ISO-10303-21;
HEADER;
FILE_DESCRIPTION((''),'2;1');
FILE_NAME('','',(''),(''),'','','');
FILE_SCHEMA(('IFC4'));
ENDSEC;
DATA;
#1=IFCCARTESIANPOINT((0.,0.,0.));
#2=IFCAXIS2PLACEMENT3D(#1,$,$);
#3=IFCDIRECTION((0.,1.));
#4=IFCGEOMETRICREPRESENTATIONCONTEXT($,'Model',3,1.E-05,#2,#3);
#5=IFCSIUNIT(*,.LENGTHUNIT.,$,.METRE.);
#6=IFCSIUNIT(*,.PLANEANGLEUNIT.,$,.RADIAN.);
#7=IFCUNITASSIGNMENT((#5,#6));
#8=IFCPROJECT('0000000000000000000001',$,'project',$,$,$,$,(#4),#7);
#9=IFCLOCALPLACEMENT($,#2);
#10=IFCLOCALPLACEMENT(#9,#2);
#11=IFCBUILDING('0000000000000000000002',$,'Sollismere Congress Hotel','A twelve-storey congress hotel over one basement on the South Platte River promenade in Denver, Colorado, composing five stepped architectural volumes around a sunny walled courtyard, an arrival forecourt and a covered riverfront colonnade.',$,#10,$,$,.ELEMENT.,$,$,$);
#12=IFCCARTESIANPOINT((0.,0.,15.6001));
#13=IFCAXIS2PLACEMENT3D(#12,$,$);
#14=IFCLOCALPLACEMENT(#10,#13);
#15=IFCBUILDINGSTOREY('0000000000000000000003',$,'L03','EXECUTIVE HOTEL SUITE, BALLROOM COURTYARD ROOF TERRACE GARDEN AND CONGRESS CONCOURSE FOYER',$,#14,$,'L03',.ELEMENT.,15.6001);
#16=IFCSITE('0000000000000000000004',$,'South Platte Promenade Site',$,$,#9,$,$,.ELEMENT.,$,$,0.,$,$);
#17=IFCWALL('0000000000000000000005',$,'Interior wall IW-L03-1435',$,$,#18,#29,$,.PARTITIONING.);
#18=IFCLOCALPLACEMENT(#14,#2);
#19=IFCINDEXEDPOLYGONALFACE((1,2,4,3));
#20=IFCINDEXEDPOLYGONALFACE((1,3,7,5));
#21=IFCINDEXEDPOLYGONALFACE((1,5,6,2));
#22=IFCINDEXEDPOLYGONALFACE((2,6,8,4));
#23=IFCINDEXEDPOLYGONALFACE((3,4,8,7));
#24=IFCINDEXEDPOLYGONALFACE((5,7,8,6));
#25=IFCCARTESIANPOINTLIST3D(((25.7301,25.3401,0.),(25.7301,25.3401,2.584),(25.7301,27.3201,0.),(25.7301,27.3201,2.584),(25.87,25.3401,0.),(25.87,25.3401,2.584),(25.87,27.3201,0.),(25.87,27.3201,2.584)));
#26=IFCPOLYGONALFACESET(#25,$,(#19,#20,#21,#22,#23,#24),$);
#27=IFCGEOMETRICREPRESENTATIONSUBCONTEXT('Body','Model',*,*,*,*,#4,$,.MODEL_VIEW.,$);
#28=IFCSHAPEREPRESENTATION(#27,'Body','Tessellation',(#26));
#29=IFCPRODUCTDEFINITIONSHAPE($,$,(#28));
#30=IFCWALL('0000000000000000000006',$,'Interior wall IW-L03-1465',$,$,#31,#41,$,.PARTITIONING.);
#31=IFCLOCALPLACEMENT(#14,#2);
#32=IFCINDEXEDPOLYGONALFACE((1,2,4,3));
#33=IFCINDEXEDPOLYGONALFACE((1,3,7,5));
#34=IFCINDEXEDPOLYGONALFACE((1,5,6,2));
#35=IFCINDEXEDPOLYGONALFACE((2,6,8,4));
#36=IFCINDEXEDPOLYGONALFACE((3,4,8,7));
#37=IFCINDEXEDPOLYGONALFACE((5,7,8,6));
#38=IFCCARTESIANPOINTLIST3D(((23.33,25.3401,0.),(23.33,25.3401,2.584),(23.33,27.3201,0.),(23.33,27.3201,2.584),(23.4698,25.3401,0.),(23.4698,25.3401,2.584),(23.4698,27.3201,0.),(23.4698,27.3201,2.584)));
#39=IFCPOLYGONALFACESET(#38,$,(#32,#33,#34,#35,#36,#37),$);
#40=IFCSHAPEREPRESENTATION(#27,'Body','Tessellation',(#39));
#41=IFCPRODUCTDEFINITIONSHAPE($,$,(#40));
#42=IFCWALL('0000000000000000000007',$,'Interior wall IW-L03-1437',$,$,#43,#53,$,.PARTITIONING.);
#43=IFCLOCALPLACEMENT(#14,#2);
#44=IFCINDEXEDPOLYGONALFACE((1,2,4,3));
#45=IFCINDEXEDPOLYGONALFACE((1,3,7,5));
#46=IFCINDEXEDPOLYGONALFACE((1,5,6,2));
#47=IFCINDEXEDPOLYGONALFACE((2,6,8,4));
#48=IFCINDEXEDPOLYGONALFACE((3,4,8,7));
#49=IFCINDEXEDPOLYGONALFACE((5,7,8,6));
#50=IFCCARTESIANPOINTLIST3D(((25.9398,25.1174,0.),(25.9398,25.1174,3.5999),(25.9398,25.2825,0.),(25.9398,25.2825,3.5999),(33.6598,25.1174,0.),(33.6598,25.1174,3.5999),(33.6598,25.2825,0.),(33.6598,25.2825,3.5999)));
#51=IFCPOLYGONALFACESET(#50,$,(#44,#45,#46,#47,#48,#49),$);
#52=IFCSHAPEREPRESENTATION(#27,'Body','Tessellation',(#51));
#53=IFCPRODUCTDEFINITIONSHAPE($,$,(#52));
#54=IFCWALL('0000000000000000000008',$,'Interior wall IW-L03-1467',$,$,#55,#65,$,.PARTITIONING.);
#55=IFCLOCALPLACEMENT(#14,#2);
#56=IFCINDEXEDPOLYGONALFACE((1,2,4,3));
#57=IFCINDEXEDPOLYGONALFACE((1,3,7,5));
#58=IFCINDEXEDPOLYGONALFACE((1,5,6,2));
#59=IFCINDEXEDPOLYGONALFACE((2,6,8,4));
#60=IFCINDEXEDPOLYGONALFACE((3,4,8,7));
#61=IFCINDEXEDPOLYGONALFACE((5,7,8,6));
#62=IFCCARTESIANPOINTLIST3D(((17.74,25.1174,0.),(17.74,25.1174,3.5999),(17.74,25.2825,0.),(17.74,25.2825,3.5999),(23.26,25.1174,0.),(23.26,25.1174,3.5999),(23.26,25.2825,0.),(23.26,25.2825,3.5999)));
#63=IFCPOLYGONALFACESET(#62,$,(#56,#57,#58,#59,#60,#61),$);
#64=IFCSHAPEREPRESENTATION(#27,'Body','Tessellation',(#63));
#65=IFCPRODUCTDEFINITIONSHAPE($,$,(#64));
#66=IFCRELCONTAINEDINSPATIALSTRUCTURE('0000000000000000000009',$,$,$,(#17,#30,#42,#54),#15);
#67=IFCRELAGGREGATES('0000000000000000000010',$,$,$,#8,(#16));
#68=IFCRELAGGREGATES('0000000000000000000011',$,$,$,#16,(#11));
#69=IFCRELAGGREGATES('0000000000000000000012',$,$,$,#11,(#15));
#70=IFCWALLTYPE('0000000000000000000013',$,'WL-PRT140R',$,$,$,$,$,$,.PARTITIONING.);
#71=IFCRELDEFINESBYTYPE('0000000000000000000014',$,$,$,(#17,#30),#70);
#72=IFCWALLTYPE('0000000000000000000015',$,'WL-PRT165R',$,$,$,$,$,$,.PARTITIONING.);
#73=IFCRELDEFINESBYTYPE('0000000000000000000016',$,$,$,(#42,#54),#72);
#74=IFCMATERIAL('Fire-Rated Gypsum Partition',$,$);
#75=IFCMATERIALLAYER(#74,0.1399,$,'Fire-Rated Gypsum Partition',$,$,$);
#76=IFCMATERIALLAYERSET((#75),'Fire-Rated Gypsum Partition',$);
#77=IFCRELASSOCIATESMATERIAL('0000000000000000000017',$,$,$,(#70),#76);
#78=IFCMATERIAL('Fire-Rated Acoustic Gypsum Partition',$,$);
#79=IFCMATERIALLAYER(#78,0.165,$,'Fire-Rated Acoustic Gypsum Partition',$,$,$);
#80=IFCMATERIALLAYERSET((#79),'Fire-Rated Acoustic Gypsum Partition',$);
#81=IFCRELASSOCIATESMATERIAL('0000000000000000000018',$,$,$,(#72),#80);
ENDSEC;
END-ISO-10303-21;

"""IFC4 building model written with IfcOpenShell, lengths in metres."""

from ifc_helpers import new_model, si_unit, direction, frame, frame_2d, origin, place, context, subcontext, project, spatial, rectangle, extrude, material, layer, layer_set, type_object, element, save


model = new_model("IFC4")

# Units and contexts
model_context = context("Model", 3, precision=1e-05, world=origin(), true_north=direction((0.0, 1.0)))
body_context = subcontext(model_context, "Body", "Model", "MODEL_VIEW")
ifc_project = project(units=[si_unit("LENGTHUNIT", "METRE"), si_unit("PLANEANGLEUNIT", "RADIAN")], contexts=[model_context])

# Site, building, storey
site_placement = place(None, origin())
site = spatial("IfcSite", under=ifc_project, at=site_placement, Name="South Platte Promenade Site", CompositionType="ELEMENT", RefElevation=0.0)
building_placement = place(site_placement, origin())
building = spatial("IfcBuilding", under=site, at=building_placement, Name="Sollismere Congress Hotel", Description="A twelve-storey congress hotel over one basement on the South Platte River promenade in Denver, Colorado, composing five stepped architectural volumes around a sunny walled courtyard, an arrival forecourt and a covered riverfront colonnade.", CompositionType="ELEMENT")
storey_placement = place(building_placement, frame((0.0, 0.0, 15.6001)))
storey = spatial("IfcBuildingStorey", under=building, at=storey_placement, Name="L03", Description="EXECUTIVE HOTEL SUITE, BALLROOM COURTYARD ROOF TERRACE GARDEN AND CONGRESS CONCOURSE FOYER", LongName="L03", CompositionType="ELEMENT", Elevation=15.6001)

# Walls
ifc_material_1 = material(Name="Fire-Rated Gypsum Partition")
ifc_layer_1 = layer(ifc_material_1, 0.1399, Name="Fire-Rated Gypsum Partition")
ifc_layer_set_1 = layer_set([ifc_layer_1], Name="Fire-Rated Gypsum Partition")
wall_type_1 = type_object("IfcWallType", Name="WL-PRT140R", PredefinedType="PARTITIONING", material=ifc_layer_set_1)
for number, where, z_axis, x_axis, name in (
    (1, (25.8, 25.3401, 0.0), (0.0, 0.0, 1.0), (0.0, 1.0, 0.0), "Interior wall IW-L03-1435"),
    (2, (23.3999, 25.3401, 0.0), (0.0, 0.0, 1.0), (0.0, 1.0, 0.0), "Interior wall IW-L03-1465"),
):
    element("IfcWall", number, at=place(storey_placement, frame(where, z_axis=z_axis, x_axis=x_axis)), inside=storey, type_object=wall_type_1, Name=name, PredefinedType="PARTITIONING", context=body_context, shape_type="SweptSolid", body=[
        extrude(rectangle(XDim=1.98, YDim=0.1399, at=frame_2d((0.99, 0.0))), origin(), (0.0, 0.0, 1.0), 2.584),
    ])
ifc_material_2 = material(Name="Fire-Rated Acoustic Gypsum Partition")
ifc_layer_2 = layer(ifc_material_2, 0.165, Name="Fire-Rated Acoustic Gypsum Partition")
ifc_layer_set_2 = layer_set([ifc_layer_2], Name="Fire-Rated Acoustic Gypsum Partition")
wall_type_2 = type_object("IfcWallType", Name="WL-PRT165R", PredefinedType="PARTITIONING", material=ifc_layer_set_2)
wall_1_placement = place(storey_placement, frame((25.9399, 25.2, 0.0), z_axis=(0.0, 0.0, 1.0), x_axis=(1.0, 0.0, 0.0)))
element("IfcWall", 3, at=wall_1_placement, inside=storey, type_object=wall_type_2, Name="Interior wall IW-L03-1437", PredefinedType="PARTITIONING", context=body_context, shape_type="SweptSolid", body=[
    extrude(rectangle(XDim=7.72, YDim=0.165, at=frame_2d((3.8599, 0.0))), origin(), (0.0, 0.0, 1.0), 3.5999),
])
wall_2_placement = place(storey_placement, frame((17.74, 25.2, 0.0), z_axis=(0.0, 0.0, 1.0), x_axis=(1.0, 0.0, 0.0)))
element("IfcWall", 4, at=wall_2_placement, inside=storey, type_object=wall_type_2, Name="Interior wall IW-L03-1467", PredefinedType="PARTITIONING", context=body_context, shape_type="SweptSolid", body=[
    extrude(rectangle(XDim=5.52, YDim=0.165, at=frame_2d((2.76, 0.0))), origin(), (0.0, 0.0, 1.0), 3.5999),
])

save(model, "model.ifc")
